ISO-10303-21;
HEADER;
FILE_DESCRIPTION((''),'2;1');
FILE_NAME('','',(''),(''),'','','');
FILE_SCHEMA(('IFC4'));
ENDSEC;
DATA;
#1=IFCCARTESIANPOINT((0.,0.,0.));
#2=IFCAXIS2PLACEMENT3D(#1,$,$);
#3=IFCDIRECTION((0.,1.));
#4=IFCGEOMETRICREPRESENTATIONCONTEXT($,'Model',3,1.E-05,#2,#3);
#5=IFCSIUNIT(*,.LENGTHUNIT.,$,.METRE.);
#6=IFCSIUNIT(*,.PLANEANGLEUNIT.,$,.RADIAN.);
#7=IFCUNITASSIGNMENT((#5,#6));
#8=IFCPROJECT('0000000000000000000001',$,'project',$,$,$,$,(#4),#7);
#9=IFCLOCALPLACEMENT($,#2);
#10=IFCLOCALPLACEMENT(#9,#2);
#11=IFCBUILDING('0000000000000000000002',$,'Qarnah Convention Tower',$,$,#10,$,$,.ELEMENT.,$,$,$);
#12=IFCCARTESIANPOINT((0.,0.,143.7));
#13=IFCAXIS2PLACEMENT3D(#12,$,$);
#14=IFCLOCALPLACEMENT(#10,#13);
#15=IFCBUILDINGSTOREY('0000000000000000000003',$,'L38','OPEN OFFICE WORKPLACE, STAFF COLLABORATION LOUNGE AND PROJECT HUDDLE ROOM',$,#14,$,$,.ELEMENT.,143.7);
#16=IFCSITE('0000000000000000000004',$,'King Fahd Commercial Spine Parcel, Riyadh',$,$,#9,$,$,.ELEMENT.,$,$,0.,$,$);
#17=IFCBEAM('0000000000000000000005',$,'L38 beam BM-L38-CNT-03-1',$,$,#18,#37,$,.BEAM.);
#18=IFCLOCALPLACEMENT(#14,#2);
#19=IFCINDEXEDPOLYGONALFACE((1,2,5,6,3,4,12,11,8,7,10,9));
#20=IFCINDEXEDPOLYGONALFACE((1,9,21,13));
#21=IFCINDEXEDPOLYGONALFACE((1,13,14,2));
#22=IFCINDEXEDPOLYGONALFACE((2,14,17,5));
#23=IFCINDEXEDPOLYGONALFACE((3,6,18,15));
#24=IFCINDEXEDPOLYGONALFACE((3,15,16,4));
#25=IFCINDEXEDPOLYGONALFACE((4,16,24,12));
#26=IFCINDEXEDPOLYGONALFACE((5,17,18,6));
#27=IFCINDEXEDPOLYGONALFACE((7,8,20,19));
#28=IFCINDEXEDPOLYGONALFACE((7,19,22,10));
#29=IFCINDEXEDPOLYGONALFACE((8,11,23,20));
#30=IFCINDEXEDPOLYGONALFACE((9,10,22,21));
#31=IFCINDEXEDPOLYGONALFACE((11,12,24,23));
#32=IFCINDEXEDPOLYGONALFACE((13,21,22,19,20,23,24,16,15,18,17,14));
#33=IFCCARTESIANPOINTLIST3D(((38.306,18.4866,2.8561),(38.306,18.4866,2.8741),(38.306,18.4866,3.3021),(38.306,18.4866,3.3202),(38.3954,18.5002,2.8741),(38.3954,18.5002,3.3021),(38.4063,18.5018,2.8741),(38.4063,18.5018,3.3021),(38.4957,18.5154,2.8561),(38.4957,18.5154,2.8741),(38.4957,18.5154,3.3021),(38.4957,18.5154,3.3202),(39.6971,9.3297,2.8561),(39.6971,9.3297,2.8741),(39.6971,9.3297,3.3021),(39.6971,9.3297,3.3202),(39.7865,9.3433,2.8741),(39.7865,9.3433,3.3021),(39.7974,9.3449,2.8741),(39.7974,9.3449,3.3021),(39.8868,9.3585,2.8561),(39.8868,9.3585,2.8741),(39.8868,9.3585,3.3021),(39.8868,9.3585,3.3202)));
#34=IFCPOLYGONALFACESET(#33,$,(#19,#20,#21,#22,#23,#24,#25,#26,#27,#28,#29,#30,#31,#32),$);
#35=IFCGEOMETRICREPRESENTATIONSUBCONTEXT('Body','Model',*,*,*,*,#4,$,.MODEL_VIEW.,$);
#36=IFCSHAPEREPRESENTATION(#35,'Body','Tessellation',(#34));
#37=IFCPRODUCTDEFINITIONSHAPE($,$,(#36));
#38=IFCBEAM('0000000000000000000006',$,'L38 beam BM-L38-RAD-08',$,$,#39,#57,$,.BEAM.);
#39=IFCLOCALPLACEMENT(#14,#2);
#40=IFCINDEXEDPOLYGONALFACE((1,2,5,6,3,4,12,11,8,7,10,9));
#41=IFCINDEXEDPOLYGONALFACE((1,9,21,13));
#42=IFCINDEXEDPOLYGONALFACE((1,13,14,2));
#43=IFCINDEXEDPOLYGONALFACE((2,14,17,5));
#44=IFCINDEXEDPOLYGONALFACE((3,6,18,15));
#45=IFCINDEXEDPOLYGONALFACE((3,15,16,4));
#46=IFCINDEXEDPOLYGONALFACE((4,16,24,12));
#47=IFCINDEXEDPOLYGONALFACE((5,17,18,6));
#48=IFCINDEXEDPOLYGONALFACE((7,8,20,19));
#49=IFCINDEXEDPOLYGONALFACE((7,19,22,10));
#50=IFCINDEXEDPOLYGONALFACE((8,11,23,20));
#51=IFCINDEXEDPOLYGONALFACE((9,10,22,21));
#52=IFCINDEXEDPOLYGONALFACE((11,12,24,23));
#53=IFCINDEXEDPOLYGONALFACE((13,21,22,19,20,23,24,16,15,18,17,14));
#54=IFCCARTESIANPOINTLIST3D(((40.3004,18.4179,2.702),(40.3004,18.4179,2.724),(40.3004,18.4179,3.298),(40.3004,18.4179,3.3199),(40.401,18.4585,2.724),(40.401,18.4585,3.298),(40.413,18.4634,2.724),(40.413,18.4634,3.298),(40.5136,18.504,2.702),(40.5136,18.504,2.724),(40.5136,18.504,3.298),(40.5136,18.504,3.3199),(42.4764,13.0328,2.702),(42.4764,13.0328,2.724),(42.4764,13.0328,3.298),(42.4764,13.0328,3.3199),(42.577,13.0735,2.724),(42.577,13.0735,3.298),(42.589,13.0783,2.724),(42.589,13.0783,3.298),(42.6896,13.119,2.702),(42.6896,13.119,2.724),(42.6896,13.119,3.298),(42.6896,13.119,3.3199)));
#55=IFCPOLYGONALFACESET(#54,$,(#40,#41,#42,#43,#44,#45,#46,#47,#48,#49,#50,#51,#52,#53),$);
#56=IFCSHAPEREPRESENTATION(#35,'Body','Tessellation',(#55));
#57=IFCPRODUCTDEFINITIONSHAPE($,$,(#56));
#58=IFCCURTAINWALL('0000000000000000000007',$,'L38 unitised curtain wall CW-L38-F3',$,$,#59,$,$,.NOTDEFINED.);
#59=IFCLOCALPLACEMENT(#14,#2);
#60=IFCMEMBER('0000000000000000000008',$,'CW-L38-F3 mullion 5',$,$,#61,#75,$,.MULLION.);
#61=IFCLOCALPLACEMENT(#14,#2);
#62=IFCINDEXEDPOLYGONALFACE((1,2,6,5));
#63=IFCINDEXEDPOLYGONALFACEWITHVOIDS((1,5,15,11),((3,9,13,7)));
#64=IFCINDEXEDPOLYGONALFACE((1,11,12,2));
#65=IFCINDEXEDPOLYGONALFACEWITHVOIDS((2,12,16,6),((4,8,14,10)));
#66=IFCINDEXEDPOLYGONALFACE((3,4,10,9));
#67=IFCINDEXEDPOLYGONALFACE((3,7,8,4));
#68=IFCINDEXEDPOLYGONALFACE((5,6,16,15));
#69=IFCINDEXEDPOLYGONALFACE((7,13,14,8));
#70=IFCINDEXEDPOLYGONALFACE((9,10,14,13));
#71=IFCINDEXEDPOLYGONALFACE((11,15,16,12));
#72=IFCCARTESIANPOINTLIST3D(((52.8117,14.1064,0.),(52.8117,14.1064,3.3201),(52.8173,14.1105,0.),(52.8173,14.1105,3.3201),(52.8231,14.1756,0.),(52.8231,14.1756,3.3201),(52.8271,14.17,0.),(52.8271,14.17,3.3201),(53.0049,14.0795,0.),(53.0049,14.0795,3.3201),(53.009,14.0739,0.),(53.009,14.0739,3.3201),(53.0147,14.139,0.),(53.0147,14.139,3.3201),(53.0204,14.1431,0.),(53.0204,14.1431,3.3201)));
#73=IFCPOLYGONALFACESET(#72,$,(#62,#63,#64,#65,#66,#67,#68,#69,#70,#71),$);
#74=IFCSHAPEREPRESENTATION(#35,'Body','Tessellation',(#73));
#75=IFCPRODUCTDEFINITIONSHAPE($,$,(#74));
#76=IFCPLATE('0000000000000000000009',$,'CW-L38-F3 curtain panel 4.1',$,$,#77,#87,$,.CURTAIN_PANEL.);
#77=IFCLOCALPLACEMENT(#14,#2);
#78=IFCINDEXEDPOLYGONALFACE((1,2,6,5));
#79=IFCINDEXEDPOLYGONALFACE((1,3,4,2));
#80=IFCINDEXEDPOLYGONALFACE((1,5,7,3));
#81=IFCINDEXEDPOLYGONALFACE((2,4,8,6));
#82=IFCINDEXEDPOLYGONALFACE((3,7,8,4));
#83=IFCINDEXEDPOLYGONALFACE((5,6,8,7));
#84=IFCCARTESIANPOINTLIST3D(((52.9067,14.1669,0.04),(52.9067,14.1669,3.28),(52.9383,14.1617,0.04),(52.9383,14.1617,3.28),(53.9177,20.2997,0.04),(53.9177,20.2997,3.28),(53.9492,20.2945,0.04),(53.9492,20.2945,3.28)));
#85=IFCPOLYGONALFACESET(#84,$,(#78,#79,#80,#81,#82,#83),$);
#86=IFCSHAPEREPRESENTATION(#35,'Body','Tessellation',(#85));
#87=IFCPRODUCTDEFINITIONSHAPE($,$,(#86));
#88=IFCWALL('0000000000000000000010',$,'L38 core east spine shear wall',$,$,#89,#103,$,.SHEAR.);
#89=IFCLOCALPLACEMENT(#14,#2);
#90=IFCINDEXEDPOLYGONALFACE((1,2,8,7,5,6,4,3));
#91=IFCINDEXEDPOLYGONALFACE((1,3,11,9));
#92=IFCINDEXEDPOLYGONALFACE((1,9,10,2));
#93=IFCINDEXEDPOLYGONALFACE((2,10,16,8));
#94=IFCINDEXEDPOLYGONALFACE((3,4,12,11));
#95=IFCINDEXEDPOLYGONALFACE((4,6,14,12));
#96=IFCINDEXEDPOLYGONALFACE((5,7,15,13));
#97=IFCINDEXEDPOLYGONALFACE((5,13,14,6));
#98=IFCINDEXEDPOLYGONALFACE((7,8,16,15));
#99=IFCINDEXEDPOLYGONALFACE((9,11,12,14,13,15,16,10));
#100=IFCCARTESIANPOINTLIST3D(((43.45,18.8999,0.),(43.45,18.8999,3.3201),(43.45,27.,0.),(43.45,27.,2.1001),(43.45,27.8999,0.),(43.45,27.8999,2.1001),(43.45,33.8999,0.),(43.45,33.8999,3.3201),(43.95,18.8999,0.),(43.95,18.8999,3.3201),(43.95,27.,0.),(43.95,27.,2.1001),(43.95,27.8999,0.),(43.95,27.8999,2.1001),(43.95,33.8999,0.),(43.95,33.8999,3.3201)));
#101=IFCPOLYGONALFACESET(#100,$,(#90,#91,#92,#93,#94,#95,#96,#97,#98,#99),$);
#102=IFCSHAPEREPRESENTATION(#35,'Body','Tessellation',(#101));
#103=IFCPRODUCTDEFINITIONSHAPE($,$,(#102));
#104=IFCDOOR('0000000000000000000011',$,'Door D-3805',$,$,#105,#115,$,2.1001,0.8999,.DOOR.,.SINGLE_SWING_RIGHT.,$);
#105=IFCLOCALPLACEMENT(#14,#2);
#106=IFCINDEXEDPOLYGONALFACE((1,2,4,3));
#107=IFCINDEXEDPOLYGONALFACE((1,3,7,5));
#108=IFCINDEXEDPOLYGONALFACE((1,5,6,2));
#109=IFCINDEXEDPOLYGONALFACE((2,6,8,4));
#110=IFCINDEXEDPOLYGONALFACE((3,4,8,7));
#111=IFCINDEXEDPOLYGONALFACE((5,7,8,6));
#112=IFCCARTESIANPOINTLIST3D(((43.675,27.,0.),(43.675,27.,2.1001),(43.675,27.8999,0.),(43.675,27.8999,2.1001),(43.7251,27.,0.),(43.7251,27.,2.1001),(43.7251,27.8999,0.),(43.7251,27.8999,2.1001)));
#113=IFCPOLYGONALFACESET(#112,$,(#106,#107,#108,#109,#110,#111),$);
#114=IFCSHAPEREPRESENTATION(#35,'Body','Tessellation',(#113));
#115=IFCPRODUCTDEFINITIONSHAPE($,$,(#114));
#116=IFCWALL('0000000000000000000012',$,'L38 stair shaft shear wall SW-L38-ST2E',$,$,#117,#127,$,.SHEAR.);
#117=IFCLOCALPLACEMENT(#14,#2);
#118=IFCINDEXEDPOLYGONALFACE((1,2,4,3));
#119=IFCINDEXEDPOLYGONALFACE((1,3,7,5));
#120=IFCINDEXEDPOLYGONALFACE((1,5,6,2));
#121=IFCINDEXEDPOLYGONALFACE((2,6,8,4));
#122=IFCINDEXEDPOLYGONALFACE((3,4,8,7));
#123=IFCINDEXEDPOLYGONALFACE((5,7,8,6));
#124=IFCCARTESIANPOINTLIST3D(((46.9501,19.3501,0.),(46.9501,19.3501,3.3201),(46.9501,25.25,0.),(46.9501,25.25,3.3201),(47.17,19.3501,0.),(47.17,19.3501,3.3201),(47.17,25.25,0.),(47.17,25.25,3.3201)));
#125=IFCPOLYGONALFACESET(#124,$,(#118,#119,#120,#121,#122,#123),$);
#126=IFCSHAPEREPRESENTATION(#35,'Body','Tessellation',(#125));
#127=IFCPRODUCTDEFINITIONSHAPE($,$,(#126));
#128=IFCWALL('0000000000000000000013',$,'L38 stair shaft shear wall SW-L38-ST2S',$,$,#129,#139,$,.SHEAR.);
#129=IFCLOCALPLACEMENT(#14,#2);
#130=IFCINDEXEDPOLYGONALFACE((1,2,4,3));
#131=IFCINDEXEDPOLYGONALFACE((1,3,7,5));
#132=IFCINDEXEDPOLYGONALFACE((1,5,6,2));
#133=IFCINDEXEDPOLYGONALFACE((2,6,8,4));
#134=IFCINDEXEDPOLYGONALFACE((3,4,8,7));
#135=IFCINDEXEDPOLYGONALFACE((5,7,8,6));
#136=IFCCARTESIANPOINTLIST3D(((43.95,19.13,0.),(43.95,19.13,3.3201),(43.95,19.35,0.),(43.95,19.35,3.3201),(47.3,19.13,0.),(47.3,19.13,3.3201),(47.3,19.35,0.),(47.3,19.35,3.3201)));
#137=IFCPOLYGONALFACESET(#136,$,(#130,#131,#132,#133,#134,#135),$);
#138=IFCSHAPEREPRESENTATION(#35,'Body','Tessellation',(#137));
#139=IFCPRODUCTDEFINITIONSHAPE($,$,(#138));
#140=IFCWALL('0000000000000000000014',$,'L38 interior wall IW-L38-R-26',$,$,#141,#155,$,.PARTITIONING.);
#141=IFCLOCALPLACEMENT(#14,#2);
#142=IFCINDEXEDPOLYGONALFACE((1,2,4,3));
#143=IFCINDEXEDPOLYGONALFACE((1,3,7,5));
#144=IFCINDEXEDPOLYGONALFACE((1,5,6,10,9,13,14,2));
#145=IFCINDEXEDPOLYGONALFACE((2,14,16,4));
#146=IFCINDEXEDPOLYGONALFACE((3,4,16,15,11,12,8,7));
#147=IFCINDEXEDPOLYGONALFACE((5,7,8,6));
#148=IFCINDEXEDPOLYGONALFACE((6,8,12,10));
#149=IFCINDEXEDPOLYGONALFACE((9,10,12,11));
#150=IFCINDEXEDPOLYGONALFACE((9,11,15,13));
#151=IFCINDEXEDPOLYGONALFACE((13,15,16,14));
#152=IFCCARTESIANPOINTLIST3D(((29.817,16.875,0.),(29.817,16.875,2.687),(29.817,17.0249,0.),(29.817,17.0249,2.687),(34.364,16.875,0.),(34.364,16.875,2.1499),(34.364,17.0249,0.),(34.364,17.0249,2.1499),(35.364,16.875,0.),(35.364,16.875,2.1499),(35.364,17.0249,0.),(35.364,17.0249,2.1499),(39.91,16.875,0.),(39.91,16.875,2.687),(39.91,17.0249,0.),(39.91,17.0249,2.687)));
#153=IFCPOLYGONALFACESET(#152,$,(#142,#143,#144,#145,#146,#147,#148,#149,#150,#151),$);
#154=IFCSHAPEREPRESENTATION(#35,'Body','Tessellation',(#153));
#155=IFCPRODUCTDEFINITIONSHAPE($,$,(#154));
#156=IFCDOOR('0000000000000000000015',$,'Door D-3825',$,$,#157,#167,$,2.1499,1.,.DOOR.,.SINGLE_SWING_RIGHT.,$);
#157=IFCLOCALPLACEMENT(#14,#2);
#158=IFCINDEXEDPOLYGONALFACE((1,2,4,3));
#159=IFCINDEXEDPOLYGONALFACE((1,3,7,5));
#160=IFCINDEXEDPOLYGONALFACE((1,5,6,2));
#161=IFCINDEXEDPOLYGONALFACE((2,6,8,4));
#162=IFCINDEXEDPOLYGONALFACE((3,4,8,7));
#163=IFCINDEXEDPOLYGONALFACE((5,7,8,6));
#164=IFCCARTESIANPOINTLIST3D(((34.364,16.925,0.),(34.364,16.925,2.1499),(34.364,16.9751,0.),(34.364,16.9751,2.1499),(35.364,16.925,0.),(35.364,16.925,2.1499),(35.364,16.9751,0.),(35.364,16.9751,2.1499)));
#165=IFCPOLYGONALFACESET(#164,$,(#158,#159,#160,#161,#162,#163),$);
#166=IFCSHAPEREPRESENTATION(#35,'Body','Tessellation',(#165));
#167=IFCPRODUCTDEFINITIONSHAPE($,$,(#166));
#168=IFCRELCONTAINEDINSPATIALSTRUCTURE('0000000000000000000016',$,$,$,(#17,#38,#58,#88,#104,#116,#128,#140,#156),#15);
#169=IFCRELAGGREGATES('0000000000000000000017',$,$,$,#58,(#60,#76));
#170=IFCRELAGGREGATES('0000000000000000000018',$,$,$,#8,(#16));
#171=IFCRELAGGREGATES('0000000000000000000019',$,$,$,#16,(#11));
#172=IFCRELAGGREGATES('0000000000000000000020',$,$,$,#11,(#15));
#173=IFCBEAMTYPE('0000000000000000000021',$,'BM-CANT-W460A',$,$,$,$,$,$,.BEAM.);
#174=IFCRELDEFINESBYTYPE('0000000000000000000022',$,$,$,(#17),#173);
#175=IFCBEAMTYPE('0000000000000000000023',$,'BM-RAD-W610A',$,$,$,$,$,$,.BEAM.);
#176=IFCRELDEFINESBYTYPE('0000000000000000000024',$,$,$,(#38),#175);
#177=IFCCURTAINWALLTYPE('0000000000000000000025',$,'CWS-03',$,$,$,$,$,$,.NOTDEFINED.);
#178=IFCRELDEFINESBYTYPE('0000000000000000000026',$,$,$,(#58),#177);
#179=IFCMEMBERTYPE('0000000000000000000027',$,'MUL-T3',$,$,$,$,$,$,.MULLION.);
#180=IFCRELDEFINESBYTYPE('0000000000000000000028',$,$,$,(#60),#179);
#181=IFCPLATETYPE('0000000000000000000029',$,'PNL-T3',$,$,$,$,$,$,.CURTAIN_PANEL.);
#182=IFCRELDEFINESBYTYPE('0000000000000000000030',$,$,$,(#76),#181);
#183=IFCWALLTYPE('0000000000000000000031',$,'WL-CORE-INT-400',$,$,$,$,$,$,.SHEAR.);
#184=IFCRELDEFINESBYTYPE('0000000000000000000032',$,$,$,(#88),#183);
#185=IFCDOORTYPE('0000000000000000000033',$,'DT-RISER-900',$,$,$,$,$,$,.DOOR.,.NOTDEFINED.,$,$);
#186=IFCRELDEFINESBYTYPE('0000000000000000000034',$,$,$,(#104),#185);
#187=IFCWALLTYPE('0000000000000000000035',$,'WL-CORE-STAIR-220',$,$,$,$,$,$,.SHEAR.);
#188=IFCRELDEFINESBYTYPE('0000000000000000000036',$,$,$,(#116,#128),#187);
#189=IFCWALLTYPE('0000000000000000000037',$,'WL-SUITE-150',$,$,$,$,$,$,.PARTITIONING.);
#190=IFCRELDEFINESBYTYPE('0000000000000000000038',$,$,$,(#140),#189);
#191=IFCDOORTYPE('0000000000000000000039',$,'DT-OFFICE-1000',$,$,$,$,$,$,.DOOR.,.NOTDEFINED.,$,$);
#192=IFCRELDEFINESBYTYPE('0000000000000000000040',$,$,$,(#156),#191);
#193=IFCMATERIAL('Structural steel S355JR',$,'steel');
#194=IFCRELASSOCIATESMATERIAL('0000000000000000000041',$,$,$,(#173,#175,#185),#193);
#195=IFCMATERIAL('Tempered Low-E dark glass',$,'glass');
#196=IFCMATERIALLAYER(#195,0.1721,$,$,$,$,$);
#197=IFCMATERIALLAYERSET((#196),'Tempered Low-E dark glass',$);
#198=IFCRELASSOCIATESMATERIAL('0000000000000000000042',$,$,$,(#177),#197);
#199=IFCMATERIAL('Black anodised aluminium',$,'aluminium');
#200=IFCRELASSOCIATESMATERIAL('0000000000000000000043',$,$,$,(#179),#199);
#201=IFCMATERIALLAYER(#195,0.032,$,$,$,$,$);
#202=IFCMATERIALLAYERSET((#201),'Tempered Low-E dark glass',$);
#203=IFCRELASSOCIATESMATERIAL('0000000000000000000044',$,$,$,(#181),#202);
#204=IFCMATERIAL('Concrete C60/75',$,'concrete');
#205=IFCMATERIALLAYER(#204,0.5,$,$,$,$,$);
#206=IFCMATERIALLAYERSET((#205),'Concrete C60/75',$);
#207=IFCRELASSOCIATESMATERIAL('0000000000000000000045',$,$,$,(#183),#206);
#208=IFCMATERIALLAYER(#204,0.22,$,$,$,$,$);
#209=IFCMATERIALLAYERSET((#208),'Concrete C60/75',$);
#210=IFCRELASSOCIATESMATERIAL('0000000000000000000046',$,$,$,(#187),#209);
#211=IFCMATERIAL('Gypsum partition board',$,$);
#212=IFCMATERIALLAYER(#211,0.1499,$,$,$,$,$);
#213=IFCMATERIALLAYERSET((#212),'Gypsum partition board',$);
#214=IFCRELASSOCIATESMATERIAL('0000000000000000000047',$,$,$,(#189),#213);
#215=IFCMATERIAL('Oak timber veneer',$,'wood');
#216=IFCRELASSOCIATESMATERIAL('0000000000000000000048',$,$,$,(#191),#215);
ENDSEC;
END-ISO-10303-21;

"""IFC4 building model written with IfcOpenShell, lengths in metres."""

from ifc_helpers import new_model, si_unit, direction, frame, frame_2d, origin, origin_2d, place, context, subcontext, project, spatial, rectangle, hollow_rectangle, i_section, extrude, material, layer, layer_set, material_profile, profile_set, type_object, element, fill, aggregate, save


model = new_model("IFC4")

# Units and contexts
model_context = context("Model", 3, precision=1e-05, world=origin(), true_north=direction((0.0, 1.0)))
body_context = subcontext(model_context, "Body", "Model", "MODEL_VIEW")
ifc_project = project(units=[si_unit("LENGTHUNIT", "METRE"), si_unit("PLANEANGLEUNIT", "RADIAN")], contexts=[model_context])

# Site, building, storey
site_placement = place(None, origin())
site = spatial("IfcSite", under=ifc_project, at=site_placement, Name="King Fahd Commercial Spine Parcel, Riyadh", CompositionType="ELEMENT", RefElevation=0.0)
building_placement = place(site_placement, origin())
building = spatial("IfcBuilding", under=site, at=building_placement, Name="Qarnah Convention Tower", CompositionType="ELEMENT")
storey_placement = place(building_placement, frame((0.0, 0.0, 143.7)))
storey = spatial("IfcBuildingStorey", under=building, at=storey_placement, Name="L38", Description="OPEN OFFICE WORKPLACE, STAFF COLLABORATION LOUNGE AND PROJECT HUDDLE ROOM", CompositionType="ELEMENT", Elevation=143.7)

# Beams
ifc_material_1 = material(Name="Structural steel S355JR", Category="steel")
ifc_material_profile_1 = material_profile(ifc_material_1, i_section(OverallWidth=0.1919, OverallDepth=0.4641, WebThickness=0.011, FlangeThickness=0.0181, at=origin_2d()), Name="W460X89")
ifc_profile_set_1 = profile_set([ifc_material_profile_1], Name="Structural steel S355JR")
beam_type_1 = type_object("IfcBeamType", Name="BM-CANT-W460A", PredefinedType="BEAM", material=ifc_profile_set_1)
beam_1_placement = place(storey_placement, frame((38.4009, 18.501, 3.0881), z_axis=(0.150195, -0.988656, 0.0), x_axis=(0.988656, 0.150195, 0.0)))
element("IfcBeam", 1, at=beam_1_placement, inside=storey, type_object=beam_type_1, Name="L38 beam BM-L38-CNT-03-1", PredefinedType="BEAM", context=body_context, shape_type="SweptSolid", body=[
    extrude(i_section(OverallWidth=0.1919, OverallDepth=0.4641, WebThickness=0.011, FlangeThickness=0.0181, at=origin_2d()), origin(), (0.0, 0.0, 1.0), 9.262),
])
ifc_material_profile_2 = material_profile(ifc_material_1, i_section(OverallWidth=0.23, OverallDepth=0.6179, WebThickness=0.0129, FlangeThickness=0.022, at=origin_2d()), Name="W610X140")
ifc_profile_set_2 = profile_set([ifc_material_profile_2], Name="Structural steel S355JR")
beam_type_2 = type_object("IfcBeamType", Name="BM-RAD-W610A", PredefinedType="BEAM", material=ifc_profile_set_2)
beam_2_placement = place(storey_placement, frame((40.407, 18.4609, 3.011), z_axis=(0.374657, -0.927164, 0.0), x_axis=(0.927164, 0.374657, 0.0)))
element("IfcBeam", 2, at=beam_2_placement, inside=storey, type_object=beam_type_2, Name="L38 beam BM-L38-RAD-08", PredefinedType="BEAM", context=body_context, shape_type="SweptSolid", body=[
    extrude(i_section(OverallWidth=0.23, OverallDepth=0.6179, WebThickness=0.0129, FlangeThickness=0.022, at=origin_2d()), origin(), (0.0, 0.0, 1.0), 5.8081),
])

# Curtain wall, member, plate
ifc_material_2 = material(Name="Tempered Low-E dark glass", Category="glass")
ifc_layer_1 = layer(ifc_material_2, 0.1721)
ifc_layer_set_1 = layer_set([ifc_layer_1], Name="Tempered Low-E dark glass")
curtain_wall_type = type_object("IfcCurtainWallType", Name="CWS-03", PredefinedType="NOTDEFINED", material=ifc_layer_set_1)
curtain_wall_placement = place(storey_placement, origin())
curtain_wall = element("IfcCurtainWall", 3, at=curtain_wall_placement, inside=storey, type_object=curtain_wall_type, Name="L38 unitised curtain wall CW-L38-F3", PredefinedType="NOTDEFINED")
ifc_material_3 = material(Name="Black anodised aluminium", Category="aluminium")
ifc_material_profile_3 = material_profile(ifc_material_3, hollow_rectangle(XDim=0.0701, YDim=0.2, WallThickness=0.0049, at=origin_2d()), Name="MUL-70X200")
ifc_profile_set_3 = profile_set([ifc_material_profile_3], Name="Black anodised aluminium")
member_type = type_object("IfcMemberType", Name="MUL-T3", PredefinedType="MULLION", material=ifc_profile_set_3)
member_placement = place(storey_placement, frame((52.916, 14.1248, 0.0), z_axis=(0.0, 0.0, 1.0), x_axis=(-0.162652, -0.986683, 0.0)))
member = element("IfcMember", 4, at=member_placement, type_object=member_type, Name="CW-L38-F3 mullion 5", PredefinedType="MULLION", context=body_context, shape_type="SweptSolid", body=[
    extrude(hollow_rectangle(XDim=0.0701, YDim=0.2, WallThickness=0.0049, at=origin_2d()), origin(), (0.0, 0.0, 1.0), 3.3201),
])
ifc_layer_2 = layer(ifc_material_2, 0.032)
ifc_layer_set_2 = layer_set([ifc_layer_2], Name="Tempered Low-E dark glass")
plate_type = type_object("IfcPlateType", Name="PNL-T3", PredefinedType="CURTAIN_PANEL", material=ifc_layer_set_2)
plate_placement = place(storey_placement, frame((53.428, 17.2307, 0.04), z_axis=(0.0, 0.0, 1.0), x_axis=(-0.162652, -0.986683, 0.0)))
plate = element("IfcPlate", 5, at=plate_placement, type_object=plate_type, Name="CW-L38-F3 curtain panel 4.1", PredefinedType="CURTAIN_PANEL", context=body_context, shape_type="SweptSolid", body=[
    extrude(rectangle(XDim=6.2156, YDim=0.032, at=origin_2d()), origin(), (0.0, 0.0, 1.0), 3.24),
])
aggregate(curtain_wall, [member, plate])

# Shared definitions
ifc_material_4 = material(Name="Concrete C60/75", Category="concrete")
door_type_1 = type_object("IfcDoorType", Name="DT-RISER-900", OperationType="NOTDEFINED", PredefinedType="DOOR", material=ifc_material_1)

# Wall, opening, door
ifc_layer_3 = layer(ifc_material_4, 0.5)
ifc_layer_set_3 = layer_set([ifc_layer_3], Name="Concrete C60/75")
wall_type_1 = type_object("IfcWallType", Name="WL-CORE-INT-400", PredefinedType="SHEAR", material=ifc_layer_set_3)
wall_1_placement = place(storey_placement, frame((43.7, 18.8999, 0.0), z_axis=(0.0, 0.0, 1.0), x_axis=(0.0, 1.0, 0.0)))
wall_1 = element("IfcWall", 6, at=wall_1_placement, inside=storey, type_object=wall_type_1, Name="L38 core east spine shear wall", PredefinedType="SHEAR", context=body_context, shape_type="SweptSolid", body=[
    extrude(rectangle(XDim=15.0, YDim=0.5, at=frame_2d((7.5, 0.0))), origin(), (0.0, 0.0, 1.0), 3.3201),
])
opening_1_placement = place(wall_1_placement, frame((8.1001, 0.0, 0.0)))
opening_1 = element("IfcOpeningElement", 7, at=opening_1_placement, cuts=wall_1, PredefinedType="OPENING", context=body_context, shape_type="SweptSolid", body=[
    extrude(rectangle(XDim=0.8999, YDim=2.1001, at=frame_2d((0.45, 1.05))), frame((0.0, 0.26, 0.0), z_axis=(0.0, -1.0, 0.0), x_axis=(1.0, 0.0, 0.0)), (0.0, 0.0, 1.0), 0.52),
])
door_1_placement = place(opening_1_placement, origin())
door_1 = element("IfcDoor", 8, at=door_1_placement, inside=storey, type_object=door_type_1, Name="Door D-3805", OperationType="SINGLE_SWING_RIGHT", OverallHeight=2.1001, OverallWidth=0.8999, PredefinedType="DOOR", context=body_context, shape_type="SweptSolid", body=[
    extrude(rectangle(XDim=0.8999, YDim=2.1001, at=frame_2d((0.45, 1.05))), frame((0.0, 0.0249, 0.0), z_axis=(0.0, -1.0, 0.0), x_axis=(1.0, 0.0, 0.0)), (0.0, 0.0, 1.0), 0.05),
])
fill(opening_1, door_1)

# Walls
ifc_layer_4 = layer(ifc_material_4, 0.22)
ifc_layer_set_4 = layer_set([ifc_layer_4], Name="Concrete C60/75")
wall_type_2 = type_object("IfcWallType", Name="WL-CORE-STAIR-220", PredefinedType="SHEAR", material=ifc_layer_set_4)
wall_2_placement = place(storey_placement, frame((47.0601, 19.3501, 0.0), z_axis=(0.0, 0.0, 1.0), x_axis=(0.0, 1.0, 0.0)))
element("IfcWall", 9, at=wall_2_placement, inside=storey, type_object=wall_type_2, Name="L38 stair shaft shear wall SW-L38-ST2E", PredefinedType="SHEAR", context=body_context, shape_type="SweptSolid", body=[
    extrude(rectangle(XDim=5.8999, YDim=0.22, at=frame_2d((2.95, 0.0))), origin(), (0.0, 0.0, 1.0), 3.3201),
])
wall_3_placement = place(storey_placement, frame((43.95, 19.24, 0.0), z_axis=(0.0, 0.0, 1.0), x_axis=(1.0, 0.0, 0.0)))
element("IfcWall", 10, at=wall_3_placement, inside=storey, type_object=wall_type_2, Name="L38 stair shaft shear wall SW-L38-ST2S", PredefinedType="SHEAR", context=body_context, shape_type="SweptSolid", body=[
    extrude(rectangle(XDim=3.3501, YDim=0.22, at=frame_2d((1.675, 0.0))), origin(), (0.0, 0.0, 1.0), 3.3201),
])

# Wall, opening, door
ifc_material_5 = material(Name="Gypsum partition board")
ifc_layer_5 = layer(ifc_material_5, 0.1499)
ifc_layer_set_5 = layer_set([ifc_layer_5], Name="Gypsum partition board")
wall_type_3 = type_object("IfcWallType", Name="WL-SUITE-150", PredefinedType="PARTITIONING", material=ifc_layer_set_5)
wall_4_placement = place(storey_placement, frame((39.9099, 16.95, 0.0), z_axis=(0.0, 0.0, 1.0), x_axis=(-1.0, 0.0, 0.0)))
wall_4 = element("IfcWall", 11, at=wall_4_placement, inside=storey, type_object=wall_type_3, Name="L38 interior wall IW-L38-R-26", PredefinedType="PARTITIONING", context=body_context, shape_type="SweptSolid", body=[
    extrude(rectangle(XDim=10.093, YDim=0.1499, at=frame_2d((5.0464, 0.0))), origin(), (0.0, 0.0, 1.0), 2.687),
])
opening_2_placement = place(wall_4_placement, frame((4.5459, 0.0, 0.0)))
opening_2 = element("IfcOpeningElement", 12, at=opening_2_placement, cuts=wall_4, PredefinedType="OPENING", context=body_context, shape_type="SweptSolid", body=[
    extrude(rectangle(XDim=1.0, YDim=2.1499, at=frame_2d((0.5, 1.075))), frame((0.0, 0.085, 0.0), z_axis=(0.0, -1.0, 0.0), x_axis=(1.0, 0.0, 0.0)), (0.0, 0.0, 1.0), 0.1699),
])
ifc_material_6 = material(Name="Oak timber veneer", Category="wood")
door_type_2 = type_object("IfcDoorType", Name="DT-OFFICE-1000", OperationType="NOTDEFINED", PredefinedType="DOOR", material=ifc_material_6)
door_2_placement = place(opening_2_placement, origin())
door_2 = element("IfcDoor", 13, at=door_2_placement, inside=storey, type_object=door_type_2, Name="Door D-3825", OperationType="SINGLE_SWING_RIGHT", OverallHeight=2.1499, OverallWidth=1.0, PredefinedType="DOOR", context=body_context, shape_type="SweptSolid", body=[
    extrude(rectangle(XDim=1.0, YDim=2.1499, at=frame_2d((0.5, 1.075))), frame((0.0, 0.0249, 0.0), z_axis=(0.0, -1.0, 0.0), x_axis=(1.0, 0.0, 0.0)), (0.0, 0.0, 1.0), 0.05),
])
fill(opening_2, door_2)

save(model, "model.ifc")
